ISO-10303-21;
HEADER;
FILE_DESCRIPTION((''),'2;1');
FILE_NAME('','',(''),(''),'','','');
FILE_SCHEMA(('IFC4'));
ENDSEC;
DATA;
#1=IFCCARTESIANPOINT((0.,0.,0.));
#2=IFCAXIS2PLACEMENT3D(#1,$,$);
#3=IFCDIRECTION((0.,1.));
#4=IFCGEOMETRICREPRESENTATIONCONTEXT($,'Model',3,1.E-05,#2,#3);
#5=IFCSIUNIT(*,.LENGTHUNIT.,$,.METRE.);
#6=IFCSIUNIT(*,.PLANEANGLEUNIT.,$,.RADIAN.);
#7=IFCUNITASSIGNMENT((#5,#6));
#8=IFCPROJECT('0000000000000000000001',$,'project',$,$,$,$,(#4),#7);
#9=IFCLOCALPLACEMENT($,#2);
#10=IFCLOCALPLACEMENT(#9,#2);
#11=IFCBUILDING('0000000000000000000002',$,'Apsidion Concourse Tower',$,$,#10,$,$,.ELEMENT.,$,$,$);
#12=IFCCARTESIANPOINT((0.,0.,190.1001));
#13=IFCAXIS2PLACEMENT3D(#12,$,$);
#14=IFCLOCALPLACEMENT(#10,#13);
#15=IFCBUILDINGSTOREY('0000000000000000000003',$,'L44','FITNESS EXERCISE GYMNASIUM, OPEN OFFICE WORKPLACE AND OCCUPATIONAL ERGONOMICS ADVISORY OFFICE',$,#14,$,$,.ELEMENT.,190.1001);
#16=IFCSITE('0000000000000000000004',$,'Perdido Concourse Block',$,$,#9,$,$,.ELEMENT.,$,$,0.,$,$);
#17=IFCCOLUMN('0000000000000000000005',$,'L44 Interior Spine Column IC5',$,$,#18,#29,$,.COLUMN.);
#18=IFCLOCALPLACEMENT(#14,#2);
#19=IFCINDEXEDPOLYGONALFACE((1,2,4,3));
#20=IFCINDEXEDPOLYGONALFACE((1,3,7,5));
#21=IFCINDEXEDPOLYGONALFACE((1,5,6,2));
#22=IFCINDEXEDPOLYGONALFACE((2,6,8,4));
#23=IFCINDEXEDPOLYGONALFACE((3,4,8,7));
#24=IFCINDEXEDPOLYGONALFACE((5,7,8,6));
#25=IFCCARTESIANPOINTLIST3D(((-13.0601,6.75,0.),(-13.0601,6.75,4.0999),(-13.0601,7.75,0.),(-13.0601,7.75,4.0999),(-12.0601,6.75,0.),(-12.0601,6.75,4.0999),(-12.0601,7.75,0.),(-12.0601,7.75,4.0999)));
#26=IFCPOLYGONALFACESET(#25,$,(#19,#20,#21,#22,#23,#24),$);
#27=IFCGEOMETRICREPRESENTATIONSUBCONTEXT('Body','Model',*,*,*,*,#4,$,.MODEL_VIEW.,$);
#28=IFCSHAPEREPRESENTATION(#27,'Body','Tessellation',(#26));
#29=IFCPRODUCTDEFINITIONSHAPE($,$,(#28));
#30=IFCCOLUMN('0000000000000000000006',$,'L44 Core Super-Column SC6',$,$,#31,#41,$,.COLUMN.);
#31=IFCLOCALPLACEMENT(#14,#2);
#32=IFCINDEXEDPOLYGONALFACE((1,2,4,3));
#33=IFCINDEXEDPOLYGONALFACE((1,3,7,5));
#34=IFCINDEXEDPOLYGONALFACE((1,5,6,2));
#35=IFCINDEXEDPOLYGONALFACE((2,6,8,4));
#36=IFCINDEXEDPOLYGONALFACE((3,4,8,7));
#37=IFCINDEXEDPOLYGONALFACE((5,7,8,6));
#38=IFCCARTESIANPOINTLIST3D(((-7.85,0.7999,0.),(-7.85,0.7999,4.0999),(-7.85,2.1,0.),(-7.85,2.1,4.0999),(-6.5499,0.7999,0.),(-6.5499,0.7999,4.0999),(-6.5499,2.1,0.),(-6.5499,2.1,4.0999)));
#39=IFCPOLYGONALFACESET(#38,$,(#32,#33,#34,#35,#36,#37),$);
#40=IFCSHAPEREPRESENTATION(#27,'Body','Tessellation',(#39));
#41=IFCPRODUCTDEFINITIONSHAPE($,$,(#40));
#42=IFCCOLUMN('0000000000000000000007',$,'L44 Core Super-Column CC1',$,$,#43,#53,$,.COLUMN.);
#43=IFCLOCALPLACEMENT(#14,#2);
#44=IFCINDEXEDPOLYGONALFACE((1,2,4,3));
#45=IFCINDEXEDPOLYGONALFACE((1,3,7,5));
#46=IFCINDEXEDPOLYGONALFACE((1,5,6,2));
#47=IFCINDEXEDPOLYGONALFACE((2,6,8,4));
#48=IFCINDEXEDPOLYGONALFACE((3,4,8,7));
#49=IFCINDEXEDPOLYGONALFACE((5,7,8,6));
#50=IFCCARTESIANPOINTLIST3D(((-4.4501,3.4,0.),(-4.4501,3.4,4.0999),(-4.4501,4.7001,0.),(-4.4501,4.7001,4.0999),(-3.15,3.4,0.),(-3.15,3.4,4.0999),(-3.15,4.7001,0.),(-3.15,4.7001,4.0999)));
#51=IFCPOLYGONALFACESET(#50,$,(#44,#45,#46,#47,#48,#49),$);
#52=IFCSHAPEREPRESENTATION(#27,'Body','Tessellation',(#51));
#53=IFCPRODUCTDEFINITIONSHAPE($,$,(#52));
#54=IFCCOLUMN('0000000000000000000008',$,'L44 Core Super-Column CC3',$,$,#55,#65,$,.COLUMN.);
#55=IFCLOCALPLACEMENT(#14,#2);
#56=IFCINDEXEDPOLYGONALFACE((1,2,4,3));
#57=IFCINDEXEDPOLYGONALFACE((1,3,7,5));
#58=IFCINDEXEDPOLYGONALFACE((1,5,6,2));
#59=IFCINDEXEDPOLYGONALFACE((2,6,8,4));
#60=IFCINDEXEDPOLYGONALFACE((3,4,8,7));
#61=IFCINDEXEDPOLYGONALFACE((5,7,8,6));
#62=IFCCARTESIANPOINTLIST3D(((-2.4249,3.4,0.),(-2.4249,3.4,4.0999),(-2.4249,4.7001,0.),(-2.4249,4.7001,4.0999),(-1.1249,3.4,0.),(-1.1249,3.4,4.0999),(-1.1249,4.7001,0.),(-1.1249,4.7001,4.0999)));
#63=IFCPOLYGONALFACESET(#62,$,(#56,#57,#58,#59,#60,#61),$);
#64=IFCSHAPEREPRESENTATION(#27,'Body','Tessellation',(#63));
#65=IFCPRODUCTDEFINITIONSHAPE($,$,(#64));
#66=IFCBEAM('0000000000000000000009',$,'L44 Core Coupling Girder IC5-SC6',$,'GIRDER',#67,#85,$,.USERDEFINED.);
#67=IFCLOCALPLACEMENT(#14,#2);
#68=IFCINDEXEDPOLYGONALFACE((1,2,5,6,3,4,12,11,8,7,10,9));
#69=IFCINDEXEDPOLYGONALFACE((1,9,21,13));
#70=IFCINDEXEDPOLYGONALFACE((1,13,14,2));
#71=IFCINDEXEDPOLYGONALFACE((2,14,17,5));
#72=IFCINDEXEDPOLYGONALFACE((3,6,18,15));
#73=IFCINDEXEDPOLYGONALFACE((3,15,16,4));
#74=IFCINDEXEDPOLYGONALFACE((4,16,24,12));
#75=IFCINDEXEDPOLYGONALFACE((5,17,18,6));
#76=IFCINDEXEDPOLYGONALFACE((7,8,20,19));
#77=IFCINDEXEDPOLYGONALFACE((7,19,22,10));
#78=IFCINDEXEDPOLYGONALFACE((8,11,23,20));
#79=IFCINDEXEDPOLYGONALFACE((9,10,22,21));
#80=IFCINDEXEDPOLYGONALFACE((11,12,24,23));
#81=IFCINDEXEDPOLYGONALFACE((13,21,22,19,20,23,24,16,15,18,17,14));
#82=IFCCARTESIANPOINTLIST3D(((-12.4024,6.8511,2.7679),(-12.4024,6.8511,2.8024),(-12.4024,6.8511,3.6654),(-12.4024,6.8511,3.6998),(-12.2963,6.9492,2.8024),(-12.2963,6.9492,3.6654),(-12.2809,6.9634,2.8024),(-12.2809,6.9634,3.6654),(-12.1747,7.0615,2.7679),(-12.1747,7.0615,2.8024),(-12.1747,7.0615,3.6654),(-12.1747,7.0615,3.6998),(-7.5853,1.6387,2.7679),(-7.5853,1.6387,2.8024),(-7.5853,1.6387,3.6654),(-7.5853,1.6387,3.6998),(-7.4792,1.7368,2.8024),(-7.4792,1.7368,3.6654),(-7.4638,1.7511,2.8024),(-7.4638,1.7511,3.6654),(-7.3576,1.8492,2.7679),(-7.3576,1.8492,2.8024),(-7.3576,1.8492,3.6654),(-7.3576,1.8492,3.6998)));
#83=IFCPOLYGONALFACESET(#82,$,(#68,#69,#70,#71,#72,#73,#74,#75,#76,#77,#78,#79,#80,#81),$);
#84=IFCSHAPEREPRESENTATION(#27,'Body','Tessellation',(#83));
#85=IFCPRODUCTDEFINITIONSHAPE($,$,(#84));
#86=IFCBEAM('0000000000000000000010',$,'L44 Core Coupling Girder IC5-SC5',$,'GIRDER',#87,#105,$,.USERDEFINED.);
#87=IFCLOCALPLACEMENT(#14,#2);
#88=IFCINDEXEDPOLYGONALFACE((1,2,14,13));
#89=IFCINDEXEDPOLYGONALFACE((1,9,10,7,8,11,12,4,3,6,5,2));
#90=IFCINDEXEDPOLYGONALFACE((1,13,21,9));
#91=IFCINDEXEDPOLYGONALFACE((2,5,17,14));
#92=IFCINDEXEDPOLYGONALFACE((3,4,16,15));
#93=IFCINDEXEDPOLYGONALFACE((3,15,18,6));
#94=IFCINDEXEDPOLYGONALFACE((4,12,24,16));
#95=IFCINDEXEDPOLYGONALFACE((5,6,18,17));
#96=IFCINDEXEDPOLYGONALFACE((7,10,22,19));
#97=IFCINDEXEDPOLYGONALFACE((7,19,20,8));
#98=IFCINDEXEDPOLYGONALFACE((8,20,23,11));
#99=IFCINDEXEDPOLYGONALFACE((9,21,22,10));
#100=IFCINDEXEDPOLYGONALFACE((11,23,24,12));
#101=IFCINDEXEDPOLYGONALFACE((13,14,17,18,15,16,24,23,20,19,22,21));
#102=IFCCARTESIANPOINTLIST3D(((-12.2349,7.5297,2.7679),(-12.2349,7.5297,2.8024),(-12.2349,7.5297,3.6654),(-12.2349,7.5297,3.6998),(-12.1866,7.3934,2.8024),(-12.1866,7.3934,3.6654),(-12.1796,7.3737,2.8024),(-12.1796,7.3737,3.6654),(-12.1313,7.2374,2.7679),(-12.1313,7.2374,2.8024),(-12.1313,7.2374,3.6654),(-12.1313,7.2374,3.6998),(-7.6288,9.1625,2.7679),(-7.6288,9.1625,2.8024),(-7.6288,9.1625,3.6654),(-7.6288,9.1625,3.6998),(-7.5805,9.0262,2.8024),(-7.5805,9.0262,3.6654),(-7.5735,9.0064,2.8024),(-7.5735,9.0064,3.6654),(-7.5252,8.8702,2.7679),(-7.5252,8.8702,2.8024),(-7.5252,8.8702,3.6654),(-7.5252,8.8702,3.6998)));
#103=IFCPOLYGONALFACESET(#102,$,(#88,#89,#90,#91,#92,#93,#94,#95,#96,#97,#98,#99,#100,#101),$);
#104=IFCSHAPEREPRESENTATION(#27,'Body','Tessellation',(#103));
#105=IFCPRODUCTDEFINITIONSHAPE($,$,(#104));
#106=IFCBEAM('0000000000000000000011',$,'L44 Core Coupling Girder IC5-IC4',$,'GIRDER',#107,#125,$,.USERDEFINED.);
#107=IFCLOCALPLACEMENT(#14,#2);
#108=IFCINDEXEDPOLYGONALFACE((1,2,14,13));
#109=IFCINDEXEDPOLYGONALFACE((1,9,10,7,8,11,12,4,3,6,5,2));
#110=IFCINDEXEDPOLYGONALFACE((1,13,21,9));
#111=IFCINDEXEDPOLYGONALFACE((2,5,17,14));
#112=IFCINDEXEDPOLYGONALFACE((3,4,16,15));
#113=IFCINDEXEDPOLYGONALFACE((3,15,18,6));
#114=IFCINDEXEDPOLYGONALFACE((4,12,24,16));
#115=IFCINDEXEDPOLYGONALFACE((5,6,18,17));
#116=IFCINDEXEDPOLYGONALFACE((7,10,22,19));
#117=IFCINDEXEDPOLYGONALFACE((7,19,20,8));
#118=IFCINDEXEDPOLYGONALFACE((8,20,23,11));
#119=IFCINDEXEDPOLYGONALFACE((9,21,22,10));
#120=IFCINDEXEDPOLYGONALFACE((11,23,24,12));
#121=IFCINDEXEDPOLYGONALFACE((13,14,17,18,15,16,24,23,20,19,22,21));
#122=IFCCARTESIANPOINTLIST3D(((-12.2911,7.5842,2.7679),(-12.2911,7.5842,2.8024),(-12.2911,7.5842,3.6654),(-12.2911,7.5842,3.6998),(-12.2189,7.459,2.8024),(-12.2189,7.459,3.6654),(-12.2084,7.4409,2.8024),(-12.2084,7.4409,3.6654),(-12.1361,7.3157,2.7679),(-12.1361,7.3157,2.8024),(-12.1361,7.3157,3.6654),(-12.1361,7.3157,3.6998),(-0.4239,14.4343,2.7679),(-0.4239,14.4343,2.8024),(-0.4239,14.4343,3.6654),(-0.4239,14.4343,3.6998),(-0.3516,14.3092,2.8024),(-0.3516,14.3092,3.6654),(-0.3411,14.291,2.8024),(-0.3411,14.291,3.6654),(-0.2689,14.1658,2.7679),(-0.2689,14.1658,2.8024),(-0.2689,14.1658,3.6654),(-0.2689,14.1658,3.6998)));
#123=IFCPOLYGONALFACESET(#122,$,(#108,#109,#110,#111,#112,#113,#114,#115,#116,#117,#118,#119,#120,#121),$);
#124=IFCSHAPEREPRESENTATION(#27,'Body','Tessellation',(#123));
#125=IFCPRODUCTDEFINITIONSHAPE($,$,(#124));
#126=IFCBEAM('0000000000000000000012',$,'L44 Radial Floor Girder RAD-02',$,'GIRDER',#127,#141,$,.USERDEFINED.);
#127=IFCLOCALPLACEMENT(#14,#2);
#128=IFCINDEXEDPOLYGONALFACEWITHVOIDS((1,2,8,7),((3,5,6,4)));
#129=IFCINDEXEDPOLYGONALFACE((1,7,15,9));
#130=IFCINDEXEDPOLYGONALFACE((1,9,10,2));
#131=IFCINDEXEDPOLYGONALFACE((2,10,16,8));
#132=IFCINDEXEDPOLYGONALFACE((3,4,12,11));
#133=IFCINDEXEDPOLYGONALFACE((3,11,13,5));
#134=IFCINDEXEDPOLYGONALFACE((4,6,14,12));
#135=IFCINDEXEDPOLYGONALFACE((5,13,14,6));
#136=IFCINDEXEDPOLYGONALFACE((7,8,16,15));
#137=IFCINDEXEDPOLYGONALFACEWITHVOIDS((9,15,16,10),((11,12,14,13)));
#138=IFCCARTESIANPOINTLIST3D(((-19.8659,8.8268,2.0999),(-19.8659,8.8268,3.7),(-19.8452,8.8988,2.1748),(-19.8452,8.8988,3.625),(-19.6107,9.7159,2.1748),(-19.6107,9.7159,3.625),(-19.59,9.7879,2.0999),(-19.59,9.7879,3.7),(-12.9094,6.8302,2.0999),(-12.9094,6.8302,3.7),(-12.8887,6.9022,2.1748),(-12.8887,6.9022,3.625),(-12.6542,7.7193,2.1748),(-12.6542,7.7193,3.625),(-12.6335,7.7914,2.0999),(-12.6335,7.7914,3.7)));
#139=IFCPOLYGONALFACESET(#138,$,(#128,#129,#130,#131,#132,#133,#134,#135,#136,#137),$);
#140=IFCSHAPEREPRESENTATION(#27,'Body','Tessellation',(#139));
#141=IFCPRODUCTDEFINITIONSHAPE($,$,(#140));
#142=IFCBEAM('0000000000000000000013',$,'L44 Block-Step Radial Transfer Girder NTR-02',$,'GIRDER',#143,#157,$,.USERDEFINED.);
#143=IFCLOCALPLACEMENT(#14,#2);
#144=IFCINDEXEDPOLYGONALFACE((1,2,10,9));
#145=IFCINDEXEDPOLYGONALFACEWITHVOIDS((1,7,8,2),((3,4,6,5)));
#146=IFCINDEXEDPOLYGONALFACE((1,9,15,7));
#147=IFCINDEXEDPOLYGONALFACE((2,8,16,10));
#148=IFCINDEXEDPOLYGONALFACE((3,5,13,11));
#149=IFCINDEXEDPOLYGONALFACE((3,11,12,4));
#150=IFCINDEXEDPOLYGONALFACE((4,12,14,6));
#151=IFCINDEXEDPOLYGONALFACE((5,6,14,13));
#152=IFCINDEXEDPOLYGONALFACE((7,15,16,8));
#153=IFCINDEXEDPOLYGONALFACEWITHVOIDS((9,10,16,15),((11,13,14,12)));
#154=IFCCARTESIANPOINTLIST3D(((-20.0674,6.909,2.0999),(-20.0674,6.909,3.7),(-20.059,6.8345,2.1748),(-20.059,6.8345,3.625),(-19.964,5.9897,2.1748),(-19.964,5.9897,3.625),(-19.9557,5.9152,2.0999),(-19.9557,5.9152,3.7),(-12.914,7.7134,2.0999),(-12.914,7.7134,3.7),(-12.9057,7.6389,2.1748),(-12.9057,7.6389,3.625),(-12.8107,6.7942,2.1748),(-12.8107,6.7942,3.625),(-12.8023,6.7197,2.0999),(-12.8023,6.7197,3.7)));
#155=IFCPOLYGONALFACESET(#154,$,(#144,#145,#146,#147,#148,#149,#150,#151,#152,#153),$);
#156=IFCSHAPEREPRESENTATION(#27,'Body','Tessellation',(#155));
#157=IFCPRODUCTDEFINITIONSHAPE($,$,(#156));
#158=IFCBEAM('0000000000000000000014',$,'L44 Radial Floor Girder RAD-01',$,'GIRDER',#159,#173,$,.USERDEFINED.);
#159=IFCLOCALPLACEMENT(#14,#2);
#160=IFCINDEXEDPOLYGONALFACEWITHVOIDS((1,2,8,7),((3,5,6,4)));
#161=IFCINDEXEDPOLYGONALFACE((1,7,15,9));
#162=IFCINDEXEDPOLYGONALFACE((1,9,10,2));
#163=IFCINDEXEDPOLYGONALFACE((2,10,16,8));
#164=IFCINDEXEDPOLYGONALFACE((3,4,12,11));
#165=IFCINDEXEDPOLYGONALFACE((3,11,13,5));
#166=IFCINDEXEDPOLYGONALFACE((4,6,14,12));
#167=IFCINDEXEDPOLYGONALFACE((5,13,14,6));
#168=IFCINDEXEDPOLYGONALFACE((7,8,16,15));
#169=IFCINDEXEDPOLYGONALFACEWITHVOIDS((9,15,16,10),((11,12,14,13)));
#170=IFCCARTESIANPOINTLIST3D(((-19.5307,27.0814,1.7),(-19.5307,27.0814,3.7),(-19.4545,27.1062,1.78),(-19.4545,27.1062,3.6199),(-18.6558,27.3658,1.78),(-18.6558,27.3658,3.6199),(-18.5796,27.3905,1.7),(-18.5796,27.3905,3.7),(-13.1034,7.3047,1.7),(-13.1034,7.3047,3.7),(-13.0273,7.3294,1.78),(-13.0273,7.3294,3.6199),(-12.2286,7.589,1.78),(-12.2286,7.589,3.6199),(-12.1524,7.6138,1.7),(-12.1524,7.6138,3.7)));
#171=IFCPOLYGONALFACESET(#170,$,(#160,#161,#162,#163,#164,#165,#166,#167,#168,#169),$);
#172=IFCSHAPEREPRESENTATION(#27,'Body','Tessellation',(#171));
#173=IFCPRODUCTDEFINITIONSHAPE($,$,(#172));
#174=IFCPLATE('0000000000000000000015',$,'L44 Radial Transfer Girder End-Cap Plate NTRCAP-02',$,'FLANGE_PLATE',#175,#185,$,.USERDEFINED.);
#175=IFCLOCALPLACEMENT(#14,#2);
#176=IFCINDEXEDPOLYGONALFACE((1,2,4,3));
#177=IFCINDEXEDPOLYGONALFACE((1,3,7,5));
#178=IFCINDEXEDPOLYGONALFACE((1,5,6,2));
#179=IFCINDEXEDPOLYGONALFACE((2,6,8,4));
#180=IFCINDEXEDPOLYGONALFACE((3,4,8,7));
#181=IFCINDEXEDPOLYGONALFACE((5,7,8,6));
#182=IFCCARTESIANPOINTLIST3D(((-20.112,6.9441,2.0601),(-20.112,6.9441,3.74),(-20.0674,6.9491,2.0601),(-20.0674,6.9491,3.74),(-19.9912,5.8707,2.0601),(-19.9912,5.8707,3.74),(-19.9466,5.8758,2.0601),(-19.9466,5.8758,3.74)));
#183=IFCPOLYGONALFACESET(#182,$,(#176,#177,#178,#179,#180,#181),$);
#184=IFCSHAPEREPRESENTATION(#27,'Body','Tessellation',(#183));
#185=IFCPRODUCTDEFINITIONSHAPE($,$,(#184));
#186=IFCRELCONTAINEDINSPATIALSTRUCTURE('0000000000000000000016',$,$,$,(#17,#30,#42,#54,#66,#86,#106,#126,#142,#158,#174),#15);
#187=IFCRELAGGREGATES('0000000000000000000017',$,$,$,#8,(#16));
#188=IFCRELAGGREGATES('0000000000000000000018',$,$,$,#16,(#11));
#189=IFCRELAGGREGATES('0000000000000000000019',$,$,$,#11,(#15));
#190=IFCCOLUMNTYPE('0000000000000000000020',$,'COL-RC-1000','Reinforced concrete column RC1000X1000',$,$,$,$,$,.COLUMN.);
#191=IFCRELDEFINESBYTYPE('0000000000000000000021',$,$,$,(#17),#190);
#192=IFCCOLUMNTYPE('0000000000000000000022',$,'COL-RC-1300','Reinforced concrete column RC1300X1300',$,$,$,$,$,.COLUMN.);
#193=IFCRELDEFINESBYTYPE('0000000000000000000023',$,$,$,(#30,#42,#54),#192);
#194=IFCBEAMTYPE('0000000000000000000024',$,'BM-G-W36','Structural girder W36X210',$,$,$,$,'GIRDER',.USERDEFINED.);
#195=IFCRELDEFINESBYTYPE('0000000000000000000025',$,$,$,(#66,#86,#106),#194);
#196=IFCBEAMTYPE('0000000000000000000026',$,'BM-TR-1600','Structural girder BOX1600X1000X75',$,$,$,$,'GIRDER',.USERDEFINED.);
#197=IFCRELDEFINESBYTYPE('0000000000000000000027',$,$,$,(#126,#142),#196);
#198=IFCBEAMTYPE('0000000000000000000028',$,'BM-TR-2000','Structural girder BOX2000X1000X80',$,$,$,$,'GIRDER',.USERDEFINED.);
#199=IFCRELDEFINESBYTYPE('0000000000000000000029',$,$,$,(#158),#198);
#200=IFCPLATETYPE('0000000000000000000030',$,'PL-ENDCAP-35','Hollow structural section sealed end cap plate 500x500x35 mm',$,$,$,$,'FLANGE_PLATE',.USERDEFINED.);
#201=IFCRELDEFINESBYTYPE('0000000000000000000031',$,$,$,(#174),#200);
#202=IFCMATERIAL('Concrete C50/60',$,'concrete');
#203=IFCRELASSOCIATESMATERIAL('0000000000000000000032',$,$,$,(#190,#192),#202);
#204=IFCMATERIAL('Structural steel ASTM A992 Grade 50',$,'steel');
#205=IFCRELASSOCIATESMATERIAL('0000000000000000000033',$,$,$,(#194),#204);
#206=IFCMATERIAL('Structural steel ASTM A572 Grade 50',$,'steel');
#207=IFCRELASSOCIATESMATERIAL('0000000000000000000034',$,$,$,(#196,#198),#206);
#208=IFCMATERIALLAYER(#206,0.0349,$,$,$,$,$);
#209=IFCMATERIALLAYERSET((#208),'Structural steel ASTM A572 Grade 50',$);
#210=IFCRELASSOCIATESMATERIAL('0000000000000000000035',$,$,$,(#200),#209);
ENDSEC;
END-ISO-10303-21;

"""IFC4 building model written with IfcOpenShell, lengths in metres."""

from ifc_helpers import new_model, si_unit, direction, frame, origin, origin_2d, place, context, subcontext, project, spatial, rectangle, hollow_rectangle, i_section, extrude, material, layer, layer_set, material_profile, profile_set, type_object, element, save


model = new_model("IFC4")

# Units and contexts
model_context = context("Model", 3, precision=1e-05, world=origin(), true_north=direction((0.0, 1.0)))
body_context = subcontext(model_context, "Body", "Model", "MODEL_VIEW")
ifc_project = project(units=[si_unit("LENGTHUNIT", "METRE"), si_unit("PLANEANGLEUNIT", "RADIAN")], contexts=[model_context])

# Site, building, storey
site_placement = place(None, origin())
site = spatial("IfcSite", under=ifc_project, at=site_placement, Name="Perdido Concourse Block", CompositionType="ELEMENT", RefElevation=0.0)
building_placement = place(site_placement, origin())
building = spatial("IfcBuilding", under=site, at=building_placement, Name="Apsidion Concourse Tower", CompositionType="ELEMENT")
storey_placement = place(building_placement, frame((0.0, 0.0, 190.1001)))
storey = spatial("IfcBuildingStorey", under=building, at=storey_placement, Name="L44", Description="FITNESS EXERCISE GYMNASIUM, OPEN OFFICE WORKPLACE AND OCCUPATIONAL ERGONOMICS ADVISORY OFFICE", CompositionType="ELEMENT", Elevation=190.1001)

# Columns
ifc_material_1 = material(Name="Concrete C50/60", Category="concrete")
ifc_material_profile_1 = material_profile(ifc_material_1, rectangle(XDim=1.0, YDim=1.0, at=origin_2d()), Name="RC 1000x1000")
ifc_profile_set_1 = profile_set([ifc_material_profile_1], Name="Concrete C50/60")
column_type_1 = type_object("IfcColumnType", Name="COL-RC-1000", Description="Reinforced concrete column RC1000X1000", PredefinedType="COLUMN", material=ifc_profile_set_1)
column_placement = place(storey_placement, frame((-12.5601, 7.25, 0.0), z_axis=(0.0, 0.0, 1.0), x_axis=(1.0, 0.0, 0.0)))
element("IfcColumn", 1, at=column_placement, inside=storey, type_object=column_type_1, Name="L44 Interior Spine Column IC5", PredefinedType="COLUMN", context=body_context, shape_type="SweptSolid", body=[
    extrude(rectangle(XDim=1.0, YDim=1.0, at=origin_2d()), origin(), (0.0, 0.0, 1.0), 4.0999),
])
ifc_material_profile_2 = material_profile(ifc_material_1, rectangle(XDim=1.3, YDim=1.3, at=origin_2d()), Name="RC 1300x1300")
ifc_profile_set_2 = profile_set([ifc_material_profile_2], Name="Concrete C50/60")
column_type_2 = type_object("IfcColumnType", Name="COL-RC-1300", Description="Reinforced concrete column RC1300X1300", PredefinedType="COLUMN", material=ifc_profile_set_2)
for number, where, z_axis, x_axis, name in (
    (2, (-7.2, 1.45, 0.0), (0.0, 0.0, 1.0), (1.0, 0.0, 0.0), "L44 Core Super-Column SC6"),
    (3, (-3.8, 4.05, 0.0), (0.0, 0.0, 1.0), (1.0, 0.0, 0.0), "L44 Core Super-Column CC1"),
    (4, (-1.7749, 4.05, 0.0), (0.0, 0.0, 1.0), (1.0, 0.0, 0.0), "L44 Core Super-Column CC3"),
):
    element("IfcColumn", number, at=place(storey_placement, frame(where, z_axis=z_axis, x_axis=x_axis)), inside=storey, type_object=column_type_2, Name=name, PredefinedType="COLUMN", context=body_context, shape_type="SweptSolid", body=[
        extrude(rectangle(XDim=1.3, YDim=1.3, at=origin_2d()), origin(), (0.0, 0.0, 1.0), 4.0999),
    ])

# Beams
ifc_material_2 = material(Name="Structural steel ASTM A992 Grade 50", Category="steel")
ifc_material_profile_3 = material_profile(ifc_material_2, i_section(OverallWidth=0.3101, OverallDepth=0.9319, WebThickness=0.021, FlangeThickness=0.0344, at=origin_2d()), Name="W36X210")
ifc_profile_set_3 = profile_set([ifc_material_profile_3], Name="Structural steel ASTM A992 Grade 50")
beam_type_1 = type_object("IfcBeamType", Name="BM-G-W36", Description="Structural girder W36X210", ElementType="GIRDER", PredefinedType="USERDEFINED", material=ifc_profile_set_3)
beam_1_placement = place(storey_placement, frame((-12.2886, 6.9563, 3.2339), z_axis=(0.678713, -0.734404, 0.0), x_axis=(0.734404, 0.678713, 0.0)))
element("IfcBeam", 5, at=beam_1_placement, inside=storey, type_object=beam_type_1, Name="L44 Core Coupling Girder IC5-SC6", ObjectType="GIRDER", PredefinedType="USERDEFINED", context=body_context, shape_type="SweptSolid", body=[
    extrude(i_section(OverallWidth=0.3101, OverallDepth=0.9319, WebThickness=0.021, FlangeThickness=0.0344, at=origin_2d()), origin(), (0.0, 0.0, 1.0), 7.0974),
])
beam_2_placement = place(storey_placement, frame((-12.1831, 7.3835, 3.2339), z_axis=(0.942534, 0.334111, 0.0), x_axis=(-0.334111, 0.942534, 0.0)))
element("IfcBeam", 6, at=beam_2_placement, inside=storey, type_object=beam_type_1, Name="L44 Core Coupling Girder IC5-SC5", ObjectType="GIRDER", PredefinedType="USERDEFINED", context=body_context, shape_type="SweptSolid", body=[
    extrude(i_section(OverallWidth=0.3101, OverallDepth=0.9319, WebThickness=0.021, FlangeThickness=0.0344, at=origin_2d()), origin(), (0.0, 0.0, 1.0), 4.887),
])
beam_3_placement = place(storey_placement, frame((-12.2136, 7.45, 3.2339), z_axis=(0.86607, 0.499922, 0.0), x_axis=(-0.499922, 0.86607, 0.0)))
element("IfcBeam", 7, at=beam_3_placement, inside=storey, type_object=beam_type_1, Name="L44 Core Coupling Girder IC5-IC4", ObjectType="GIRDER", PredefinedType="USERDEFINED", context=body_context, shape_type="SweptSolid", body=[
    extrude(i_section(OverallWidth=0.3101, OverallDepth=0.9319, WebThickness=0.021, FlangeThickness=0.0344, at=origin_2d()), origin(), (0.0, 0.0, 1.0), 13.7024),
])
ifc_material_3 = material(Name="Structural steel ASTM A572 Grade 50", Category="steel")
ifc_material_profile_4 = material_profile(ifc_material_3, hollow_rectangle(XDim=1.0, YDim=1.6001, WallThickness=0.075, at=origin_2d()), Name="BOX1600X1000X75")
ifc_profile_set_4 = profile_set([ifc_material_profile_4], Name="Structural steel ASTM A572 Grade 50")
beam_type_2 = type_object("IfcBeamType", Name="BM-TR-1600", Description="Structural girder BOX1600X1000X75", ElementType="GIRDER", PredefinedType="USERDEFINED", material=ifc_profile_set_4)
beam_4_placement = place(storey_placement, frame((-12.7715, 7.3108, 2.8999), z_axis=(-0.961195, 0.27587, 0.0), x_axis=(-0.27587, -0.961195, 0.0)))
element("IfcBeam", 8, at=beam_4_placement, inside=storey, type_object=beam_type_2, Name="L44 Radial Floor Girder RAD-02", ObjectType="GIRDER", PredefinedType="USERDEFINED", context=body_context, shape_type="SweptSolid", body=[
    extrude(hollow_rectangle(XDim=1.0, YDim=1.6001, WallThickness=0.075, at=origin_2d()), origin(), (0.0, 0.0, 1.0), 7.2373),
])
beam_5_placement = place(storey_placement, frame((-12.8582, 7.2166, 2.8999), z_axis=(-0.993736, -0.111753, 0.0), x_axis=(0.111753, -0.993736, 0.0)))
element("IfcBeam", 9, at=beam_5_placement, inside=storey, type_object=beam_type_2, Name="L44 Block-Step Radial Transfer Girder NTR-02", ObjectType="GIRDER", PredefinedType="USERDEFINED", context=body_context, shape_type="SweptSolid", body=[
    extrude(hollow_rectangle(XDim=1.0, YDim=1.6001, WallThickness=0.075, at=origin_2d()), origin(), (0.0, 0.0, 1.0), 7.1985),
])
ifc_material_profile_5 = material_profile(ifc_material_3, hollow_rectangle(XDim=1.0, YDim=2.0, WallThickness=0.0801, at=origin_2d()), Name="BOX2000X1000X80")
ifc_profile_set_5 = profile_set([ifc_material_profile_5], Name="Structural steel ASTM A572 Grade 50")
beam_type_3 = type_object("IfcBeamType", Name="BM-TR-2000", Description="Structural girder BOX2000X1000X80", ElementType="GIRDER", PredefinedType="USERDEFINED", material=ifc_profile_set_5)
beam_6_placement = place(storey_placement, frame((-12.6279, 7.4592, 2.7), z_axis=(-0.309076, 0.951037, 0.0), x_axis=(-0.951037, -0.309076, 0.0)))
element("IfcBeam", 10, at=beam_6_placement, inside=storey, type_object=beam_type_3, Name="L44 Radial Floor Girder RAD-01", ObjectType="GIRDER", PredefinedType="USERDEFINED", context=body_context, shape_type="SweptSolid", body=[
    extrude(hollow_rectangle(XDim=1.0, YDim=2.0, WallThickness=0.0801, at=origin_2d()), origin(), (0.0, 0.0, 1.0), 20.7949),
])

# Plate
ifc_layer_1 = layer(ifc_material_3, 0.0349)
ifc_layer_set_1 = layer_set([ifc_layer_1], Name="Structural steel ASTM A572 Grade 50")
plate_type = type_object("IfcPlateType", Name="PL-ENDCAP-35", Description="Hollow structural section sealed end cap plate 500x500x35 mm", ElementType="FLANGE_PLATE", PredefinedType="USERDEFINED", material=ifc_layer_set_1)
plate_placement = place(storey_placement, frame((-20.0293, 6.4099, 2.0601), z_axis=(0.0, 0.0, 1.0), x_axis=(-0.993729, -0.111816, 0.0)))
element("IfcPlate", 11, at=plate_placement, inside=storey, type_object=plate_type, Name="L44 Radial Transfer Girder End-Cap Plate NTRCAP-02", ObjectType="FLANGE_PLATE", PredefinedType="USERDEFINED", context=body_context, shape_type="SweptSolid", body=[
    extrude(rectangle(XDim=0.0449, YDim=1.0801, at=origin_2d()), origin(), (0.0, 0.0, 1.0), 1.6799),
])

save(model, "model.ifc")
